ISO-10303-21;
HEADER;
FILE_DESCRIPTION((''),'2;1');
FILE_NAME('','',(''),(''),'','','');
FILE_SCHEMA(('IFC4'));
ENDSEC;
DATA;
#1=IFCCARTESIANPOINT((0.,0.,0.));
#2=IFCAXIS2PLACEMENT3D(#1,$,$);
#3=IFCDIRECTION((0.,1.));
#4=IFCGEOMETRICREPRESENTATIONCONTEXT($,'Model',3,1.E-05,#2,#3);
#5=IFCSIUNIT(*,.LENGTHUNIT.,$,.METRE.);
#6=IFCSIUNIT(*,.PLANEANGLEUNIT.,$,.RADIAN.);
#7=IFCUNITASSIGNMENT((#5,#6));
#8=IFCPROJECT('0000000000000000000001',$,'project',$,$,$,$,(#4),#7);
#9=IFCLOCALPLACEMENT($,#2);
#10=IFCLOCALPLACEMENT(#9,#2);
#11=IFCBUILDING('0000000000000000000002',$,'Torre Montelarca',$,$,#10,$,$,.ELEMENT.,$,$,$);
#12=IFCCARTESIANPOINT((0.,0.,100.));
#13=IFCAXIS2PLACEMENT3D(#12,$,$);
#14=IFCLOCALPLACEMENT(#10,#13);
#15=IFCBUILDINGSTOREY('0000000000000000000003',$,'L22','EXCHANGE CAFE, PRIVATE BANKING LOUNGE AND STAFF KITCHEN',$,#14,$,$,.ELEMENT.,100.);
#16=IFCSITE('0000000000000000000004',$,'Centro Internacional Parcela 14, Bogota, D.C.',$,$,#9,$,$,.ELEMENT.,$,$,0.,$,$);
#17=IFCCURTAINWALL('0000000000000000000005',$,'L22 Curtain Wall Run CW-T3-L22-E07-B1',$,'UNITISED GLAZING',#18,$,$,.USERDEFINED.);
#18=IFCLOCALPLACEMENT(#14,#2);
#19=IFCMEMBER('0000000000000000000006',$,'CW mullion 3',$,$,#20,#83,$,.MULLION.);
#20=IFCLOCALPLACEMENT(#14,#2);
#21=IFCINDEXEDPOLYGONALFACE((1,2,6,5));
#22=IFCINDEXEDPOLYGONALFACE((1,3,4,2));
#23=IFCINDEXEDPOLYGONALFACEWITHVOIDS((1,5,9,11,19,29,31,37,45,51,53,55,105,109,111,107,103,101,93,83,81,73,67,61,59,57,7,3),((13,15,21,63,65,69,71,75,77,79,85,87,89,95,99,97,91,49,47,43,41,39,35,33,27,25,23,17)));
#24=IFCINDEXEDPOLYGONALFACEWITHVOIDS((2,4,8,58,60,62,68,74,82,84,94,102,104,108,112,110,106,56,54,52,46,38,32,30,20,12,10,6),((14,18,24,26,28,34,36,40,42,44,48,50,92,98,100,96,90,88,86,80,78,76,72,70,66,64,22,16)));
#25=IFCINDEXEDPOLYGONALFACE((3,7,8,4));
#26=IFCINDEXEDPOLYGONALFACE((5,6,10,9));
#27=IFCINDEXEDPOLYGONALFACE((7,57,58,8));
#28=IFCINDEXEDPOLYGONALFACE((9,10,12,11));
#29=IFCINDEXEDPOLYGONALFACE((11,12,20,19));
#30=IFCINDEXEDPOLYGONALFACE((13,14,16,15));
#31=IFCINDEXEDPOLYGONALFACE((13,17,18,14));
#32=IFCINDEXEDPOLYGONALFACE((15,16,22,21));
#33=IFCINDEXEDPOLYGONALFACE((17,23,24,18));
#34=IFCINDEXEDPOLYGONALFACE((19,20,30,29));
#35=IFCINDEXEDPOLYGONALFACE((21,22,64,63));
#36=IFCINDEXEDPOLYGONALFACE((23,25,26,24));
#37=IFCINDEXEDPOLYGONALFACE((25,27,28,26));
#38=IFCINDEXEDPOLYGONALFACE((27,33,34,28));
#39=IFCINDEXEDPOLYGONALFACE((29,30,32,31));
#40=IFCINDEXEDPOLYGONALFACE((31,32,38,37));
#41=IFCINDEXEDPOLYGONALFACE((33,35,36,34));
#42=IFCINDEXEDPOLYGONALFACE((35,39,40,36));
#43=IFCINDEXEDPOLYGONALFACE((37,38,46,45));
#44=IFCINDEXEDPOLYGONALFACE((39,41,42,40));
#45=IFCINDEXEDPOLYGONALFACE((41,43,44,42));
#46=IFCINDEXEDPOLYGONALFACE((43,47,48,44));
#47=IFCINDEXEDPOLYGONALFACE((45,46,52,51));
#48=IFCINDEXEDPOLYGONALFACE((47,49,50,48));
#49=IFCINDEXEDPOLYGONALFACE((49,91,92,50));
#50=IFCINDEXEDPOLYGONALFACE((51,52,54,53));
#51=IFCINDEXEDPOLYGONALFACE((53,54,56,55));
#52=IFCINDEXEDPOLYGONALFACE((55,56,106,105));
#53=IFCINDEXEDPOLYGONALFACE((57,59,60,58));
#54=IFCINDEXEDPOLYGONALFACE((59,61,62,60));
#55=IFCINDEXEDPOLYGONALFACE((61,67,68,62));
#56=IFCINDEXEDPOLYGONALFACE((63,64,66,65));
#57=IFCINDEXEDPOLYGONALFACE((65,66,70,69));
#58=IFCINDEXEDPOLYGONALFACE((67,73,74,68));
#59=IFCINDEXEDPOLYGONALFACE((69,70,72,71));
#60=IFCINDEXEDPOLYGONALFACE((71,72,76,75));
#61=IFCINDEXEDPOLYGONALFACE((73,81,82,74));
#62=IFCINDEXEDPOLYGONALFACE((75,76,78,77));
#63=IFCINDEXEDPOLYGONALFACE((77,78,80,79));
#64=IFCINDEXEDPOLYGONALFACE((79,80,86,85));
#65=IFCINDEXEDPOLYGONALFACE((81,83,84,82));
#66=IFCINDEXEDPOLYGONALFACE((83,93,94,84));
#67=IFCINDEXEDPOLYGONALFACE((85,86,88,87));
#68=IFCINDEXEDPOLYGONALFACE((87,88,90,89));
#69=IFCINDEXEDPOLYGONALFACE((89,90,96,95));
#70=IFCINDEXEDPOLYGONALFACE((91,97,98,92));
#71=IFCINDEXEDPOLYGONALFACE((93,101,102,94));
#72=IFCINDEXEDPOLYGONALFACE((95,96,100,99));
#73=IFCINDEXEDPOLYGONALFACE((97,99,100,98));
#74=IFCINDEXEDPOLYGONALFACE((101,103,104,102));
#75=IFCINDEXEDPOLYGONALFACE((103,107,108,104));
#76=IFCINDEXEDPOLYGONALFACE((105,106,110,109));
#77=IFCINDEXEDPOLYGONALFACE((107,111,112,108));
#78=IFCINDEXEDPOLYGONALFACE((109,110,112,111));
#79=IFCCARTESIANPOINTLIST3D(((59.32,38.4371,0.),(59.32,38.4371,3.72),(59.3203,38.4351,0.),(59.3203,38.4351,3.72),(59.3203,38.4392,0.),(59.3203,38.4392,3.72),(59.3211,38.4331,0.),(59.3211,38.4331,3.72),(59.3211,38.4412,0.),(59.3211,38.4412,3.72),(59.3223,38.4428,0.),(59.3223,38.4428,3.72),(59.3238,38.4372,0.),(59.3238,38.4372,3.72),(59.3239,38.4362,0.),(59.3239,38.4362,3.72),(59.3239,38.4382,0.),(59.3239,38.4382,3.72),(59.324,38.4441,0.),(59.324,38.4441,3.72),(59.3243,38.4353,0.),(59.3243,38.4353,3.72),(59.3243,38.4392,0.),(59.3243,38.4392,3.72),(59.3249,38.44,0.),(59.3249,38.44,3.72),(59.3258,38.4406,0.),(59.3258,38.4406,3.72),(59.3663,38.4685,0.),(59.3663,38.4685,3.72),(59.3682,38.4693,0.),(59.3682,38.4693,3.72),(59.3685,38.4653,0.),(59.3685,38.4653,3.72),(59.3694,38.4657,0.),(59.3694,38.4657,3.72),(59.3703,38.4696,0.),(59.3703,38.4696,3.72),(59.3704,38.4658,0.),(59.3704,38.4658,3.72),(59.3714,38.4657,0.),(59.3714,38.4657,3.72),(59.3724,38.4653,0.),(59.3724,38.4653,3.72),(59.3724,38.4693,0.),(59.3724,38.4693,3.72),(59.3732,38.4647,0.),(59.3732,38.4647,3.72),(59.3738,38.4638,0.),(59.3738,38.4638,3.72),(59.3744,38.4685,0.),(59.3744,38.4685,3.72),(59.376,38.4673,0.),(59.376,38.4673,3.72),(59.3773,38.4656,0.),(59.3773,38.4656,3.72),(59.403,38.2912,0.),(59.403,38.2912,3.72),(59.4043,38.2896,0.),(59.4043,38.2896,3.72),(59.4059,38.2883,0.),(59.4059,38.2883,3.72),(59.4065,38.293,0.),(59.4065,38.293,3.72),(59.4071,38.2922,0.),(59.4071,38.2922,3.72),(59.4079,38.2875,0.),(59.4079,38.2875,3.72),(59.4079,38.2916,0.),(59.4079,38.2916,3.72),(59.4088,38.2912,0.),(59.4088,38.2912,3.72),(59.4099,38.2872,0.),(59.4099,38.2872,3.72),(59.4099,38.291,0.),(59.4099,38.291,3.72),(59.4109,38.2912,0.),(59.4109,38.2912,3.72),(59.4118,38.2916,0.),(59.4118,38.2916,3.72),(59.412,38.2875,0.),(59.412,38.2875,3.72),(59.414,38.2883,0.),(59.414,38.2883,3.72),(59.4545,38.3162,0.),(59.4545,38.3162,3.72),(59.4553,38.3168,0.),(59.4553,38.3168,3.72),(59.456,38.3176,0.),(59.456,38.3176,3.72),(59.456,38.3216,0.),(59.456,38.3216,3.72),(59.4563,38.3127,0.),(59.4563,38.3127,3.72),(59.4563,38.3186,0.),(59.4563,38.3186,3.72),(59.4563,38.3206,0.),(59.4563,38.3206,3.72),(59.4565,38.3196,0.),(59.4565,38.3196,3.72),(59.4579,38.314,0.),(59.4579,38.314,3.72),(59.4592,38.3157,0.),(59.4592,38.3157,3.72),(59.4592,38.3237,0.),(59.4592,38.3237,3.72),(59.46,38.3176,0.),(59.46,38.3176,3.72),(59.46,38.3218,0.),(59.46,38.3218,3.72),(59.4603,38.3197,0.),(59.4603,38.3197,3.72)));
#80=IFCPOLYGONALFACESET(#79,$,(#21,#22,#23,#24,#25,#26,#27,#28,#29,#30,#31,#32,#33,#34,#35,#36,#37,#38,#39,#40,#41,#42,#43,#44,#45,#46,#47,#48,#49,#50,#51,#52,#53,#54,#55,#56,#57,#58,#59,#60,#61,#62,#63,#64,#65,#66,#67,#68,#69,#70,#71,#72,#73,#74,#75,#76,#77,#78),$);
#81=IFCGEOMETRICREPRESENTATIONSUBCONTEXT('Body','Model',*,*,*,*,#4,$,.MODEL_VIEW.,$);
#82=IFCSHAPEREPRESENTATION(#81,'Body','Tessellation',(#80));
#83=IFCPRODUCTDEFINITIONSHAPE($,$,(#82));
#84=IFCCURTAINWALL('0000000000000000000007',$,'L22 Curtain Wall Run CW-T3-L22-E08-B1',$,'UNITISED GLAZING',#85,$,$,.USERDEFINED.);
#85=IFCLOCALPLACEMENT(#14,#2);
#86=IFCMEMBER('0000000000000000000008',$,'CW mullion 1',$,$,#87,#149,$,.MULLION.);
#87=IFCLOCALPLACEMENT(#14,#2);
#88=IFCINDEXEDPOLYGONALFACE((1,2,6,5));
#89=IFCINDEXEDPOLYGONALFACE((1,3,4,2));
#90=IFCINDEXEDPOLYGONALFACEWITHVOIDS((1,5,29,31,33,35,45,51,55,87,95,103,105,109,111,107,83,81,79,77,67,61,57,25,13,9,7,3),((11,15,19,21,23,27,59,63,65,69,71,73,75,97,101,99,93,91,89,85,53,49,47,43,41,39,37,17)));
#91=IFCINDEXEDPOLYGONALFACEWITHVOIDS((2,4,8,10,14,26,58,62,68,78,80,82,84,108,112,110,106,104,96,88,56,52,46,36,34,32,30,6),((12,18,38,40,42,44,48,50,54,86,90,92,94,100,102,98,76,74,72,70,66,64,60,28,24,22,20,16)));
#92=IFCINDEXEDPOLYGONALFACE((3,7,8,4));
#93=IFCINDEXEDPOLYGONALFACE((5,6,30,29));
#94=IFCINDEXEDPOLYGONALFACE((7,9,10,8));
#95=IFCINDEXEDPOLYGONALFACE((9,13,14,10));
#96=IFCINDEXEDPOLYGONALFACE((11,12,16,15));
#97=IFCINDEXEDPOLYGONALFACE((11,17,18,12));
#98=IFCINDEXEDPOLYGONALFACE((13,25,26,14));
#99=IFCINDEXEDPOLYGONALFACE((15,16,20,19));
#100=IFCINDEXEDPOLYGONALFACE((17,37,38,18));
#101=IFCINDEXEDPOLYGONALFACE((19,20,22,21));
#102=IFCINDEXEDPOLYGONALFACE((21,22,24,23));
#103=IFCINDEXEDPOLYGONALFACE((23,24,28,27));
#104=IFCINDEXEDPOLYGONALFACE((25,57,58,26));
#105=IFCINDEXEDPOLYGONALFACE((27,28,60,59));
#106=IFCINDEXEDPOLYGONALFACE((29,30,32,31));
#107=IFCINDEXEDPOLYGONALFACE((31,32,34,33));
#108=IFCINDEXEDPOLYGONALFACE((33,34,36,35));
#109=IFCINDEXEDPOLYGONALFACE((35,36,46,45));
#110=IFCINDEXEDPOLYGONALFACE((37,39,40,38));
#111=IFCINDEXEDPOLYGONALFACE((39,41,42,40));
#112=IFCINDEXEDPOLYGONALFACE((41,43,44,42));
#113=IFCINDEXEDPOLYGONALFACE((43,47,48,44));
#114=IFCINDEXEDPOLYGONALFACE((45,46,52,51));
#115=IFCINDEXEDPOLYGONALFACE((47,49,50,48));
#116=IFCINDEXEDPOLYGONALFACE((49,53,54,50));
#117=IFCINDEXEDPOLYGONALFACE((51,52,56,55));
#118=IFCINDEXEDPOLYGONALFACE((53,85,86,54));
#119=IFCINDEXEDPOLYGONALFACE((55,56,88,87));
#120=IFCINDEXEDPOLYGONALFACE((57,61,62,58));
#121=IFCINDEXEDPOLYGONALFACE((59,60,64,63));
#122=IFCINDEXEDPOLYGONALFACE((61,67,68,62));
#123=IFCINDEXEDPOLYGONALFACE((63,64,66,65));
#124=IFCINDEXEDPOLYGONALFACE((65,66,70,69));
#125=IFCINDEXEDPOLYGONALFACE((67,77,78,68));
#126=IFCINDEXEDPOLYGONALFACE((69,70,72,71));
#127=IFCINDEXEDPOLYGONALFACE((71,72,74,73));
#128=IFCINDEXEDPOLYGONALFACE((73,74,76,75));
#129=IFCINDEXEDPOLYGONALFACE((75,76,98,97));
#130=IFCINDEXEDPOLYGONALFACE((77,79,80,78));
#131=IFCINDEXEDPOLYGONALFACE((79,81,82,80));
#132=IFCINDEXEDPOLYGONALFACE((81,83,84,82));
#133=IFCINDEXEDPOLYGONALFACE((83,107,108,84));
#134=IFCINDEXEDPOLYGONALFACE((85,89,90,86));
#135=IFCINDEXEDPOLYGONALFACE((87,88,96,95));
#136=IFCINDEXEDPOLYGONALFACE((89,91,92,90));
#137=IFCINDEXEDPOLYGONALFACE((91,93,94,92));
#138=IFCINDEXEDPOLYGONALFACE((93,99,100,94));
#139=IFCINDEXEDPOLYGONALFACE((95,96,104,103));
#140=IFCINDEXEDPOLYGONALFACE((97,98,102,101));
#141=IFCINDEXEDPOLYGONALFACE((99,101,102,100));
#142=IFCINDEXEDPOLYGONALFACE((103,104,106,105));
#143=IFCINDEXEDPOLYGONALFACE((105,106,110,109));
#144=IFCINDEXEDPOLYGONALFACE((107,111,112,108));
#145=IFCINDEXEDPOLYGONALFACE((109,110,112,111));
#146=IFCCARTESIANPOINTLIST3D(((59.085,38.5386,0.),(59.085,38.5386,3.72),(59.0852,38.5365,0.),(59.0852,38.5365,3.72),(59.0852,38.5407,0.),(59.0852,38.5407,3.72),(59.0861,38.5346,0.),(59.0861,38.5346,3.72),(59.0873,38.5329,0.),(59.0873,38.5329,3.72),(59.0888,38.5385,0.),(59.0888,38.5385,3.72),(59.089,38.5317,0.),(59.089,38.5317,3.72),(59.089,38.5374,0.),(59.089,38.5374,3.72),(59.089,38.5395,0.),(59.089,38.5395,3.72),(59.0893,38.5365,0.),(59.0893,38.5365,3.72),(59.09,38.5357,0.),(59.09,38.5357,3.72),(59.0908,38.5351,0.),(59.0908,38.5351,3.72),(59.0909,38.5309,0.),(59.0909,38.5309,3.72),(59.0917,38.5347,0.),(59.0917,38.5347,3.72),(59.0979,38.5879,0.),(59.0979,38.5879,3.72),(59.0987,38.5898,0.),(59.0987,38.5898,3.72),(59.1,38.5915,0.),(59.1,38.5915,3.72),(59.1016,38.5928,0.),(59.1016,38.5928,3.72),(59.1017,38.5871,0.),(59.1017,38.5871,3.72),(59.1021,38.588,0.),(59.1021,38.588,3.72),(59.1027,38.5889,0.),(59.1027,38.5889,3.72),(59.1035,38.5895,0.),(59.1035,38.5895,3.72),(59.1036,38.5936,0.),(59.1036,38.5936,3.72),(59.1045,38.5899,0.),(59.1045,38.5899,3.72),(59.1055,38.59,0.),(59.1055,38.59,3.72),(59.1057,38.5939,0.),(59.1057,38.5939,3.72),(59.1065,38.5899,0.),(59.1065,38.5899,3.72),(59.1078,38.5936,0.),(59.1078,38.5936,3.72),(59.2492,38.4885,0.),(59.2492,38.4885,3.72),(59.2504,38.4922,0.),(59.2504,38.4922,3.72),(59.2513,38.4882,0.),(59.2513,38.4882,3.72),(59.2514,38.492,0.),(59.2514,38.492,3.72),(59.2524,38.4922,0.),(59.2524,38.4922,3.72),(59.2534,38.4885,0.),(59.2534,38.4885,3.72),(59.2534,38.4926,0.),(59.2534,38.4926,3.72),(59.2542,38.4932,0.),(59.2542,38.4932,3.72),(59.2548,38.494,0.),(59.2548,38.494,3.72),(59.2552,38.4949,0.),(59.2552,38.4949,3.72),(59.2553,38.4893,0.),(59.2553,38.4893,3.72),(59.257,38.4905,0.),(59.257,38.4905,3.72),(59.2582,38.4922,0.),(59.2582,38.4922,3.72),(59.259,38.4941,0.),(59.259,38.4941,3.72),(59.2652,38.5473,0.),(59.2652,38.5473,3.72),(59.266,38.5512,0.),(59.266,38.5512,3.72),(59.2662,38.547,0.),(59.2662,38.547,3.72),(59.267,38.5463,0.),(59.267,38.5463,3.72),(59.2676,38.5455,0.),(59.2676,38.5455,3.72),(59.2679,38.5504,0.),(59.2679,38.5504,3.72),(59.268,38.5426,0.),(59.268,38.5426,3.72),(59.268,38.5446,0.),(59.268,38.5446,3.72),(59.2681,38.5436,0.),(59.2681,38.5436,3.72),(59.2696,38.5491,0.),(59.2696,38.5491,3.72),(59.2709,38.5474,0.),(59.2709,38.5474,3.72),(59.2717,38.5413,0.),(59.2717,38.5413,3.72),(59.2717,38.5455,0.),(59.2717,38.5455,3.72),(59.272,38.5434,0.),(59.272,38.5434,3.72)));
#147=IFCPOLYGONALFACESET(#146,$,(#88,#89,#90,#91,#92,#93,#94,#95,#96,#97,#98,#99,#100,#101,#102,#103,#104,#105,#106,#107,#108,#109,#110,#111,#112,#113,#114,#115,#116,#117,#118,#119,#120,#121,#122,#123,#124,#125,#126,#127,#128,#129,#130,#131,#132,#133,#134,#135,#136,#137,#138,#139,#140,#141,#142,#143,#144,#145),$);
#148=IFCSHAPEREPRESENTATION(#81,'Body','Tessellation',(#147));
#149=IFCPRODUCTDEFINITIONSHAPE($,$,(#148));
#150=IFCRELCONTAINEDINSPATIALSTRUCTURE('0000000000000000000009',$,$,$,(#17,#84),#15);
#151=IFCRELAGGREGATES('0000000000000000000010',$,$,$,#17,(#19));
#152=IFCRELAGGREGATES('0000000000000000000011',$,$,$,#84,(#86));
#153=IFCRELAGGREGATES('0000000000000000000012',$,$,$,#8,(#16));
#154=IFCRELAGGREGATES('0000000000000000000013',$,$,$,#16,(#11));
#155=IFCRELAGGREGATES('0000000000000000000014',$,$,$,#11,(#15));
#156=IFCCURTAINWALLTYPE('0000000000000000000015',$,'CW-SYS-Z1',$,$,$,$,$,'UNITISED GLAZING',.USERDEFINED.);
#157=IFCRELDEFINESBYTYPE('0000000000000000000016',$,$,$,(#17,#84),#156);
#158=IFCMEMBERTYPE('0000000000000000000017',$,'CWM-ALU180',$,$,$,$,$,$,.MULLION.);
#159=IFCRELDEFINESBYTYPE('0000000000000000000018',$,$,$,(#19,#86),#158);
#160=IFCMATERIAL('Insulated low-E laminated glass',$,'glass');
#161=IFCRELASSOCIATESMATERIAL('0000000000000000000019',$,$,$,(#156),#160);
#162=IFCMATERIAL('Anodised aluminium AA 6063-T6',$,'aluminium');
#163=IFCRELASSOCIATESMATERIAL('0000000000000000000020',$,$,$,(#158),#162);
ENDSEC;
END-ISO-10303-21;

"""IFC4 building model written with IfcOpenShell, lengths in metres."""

from ifc_helpers import new_model, si_unit, direction, frame, origin, origin_2d, place, context, subcontext, project, spatial, hollow_rectangle, extrude, source, transform, mapped, material, material_profile, profile_set, type_object, element, aggregate, save


model = new_model("IFC4")

# Units and contexts
model_context = context("Model", 3, precision=1e-05, world=origin(), true_north=direction((0.0, 1.0)))
body_context = subcontext(model_context, "Body", "Model", "MODEL_VIEW")
ifc_project = project(units=[si_unit("LENGTHUNIT", "METRE"), si_unit("PLANEANGLEUNIT", "RADIAN")], contexts=[model_context])

# Site, building, storey
site_placement = place(None, origin())
site = spatial("IfcSite", under=ifc_project, at=site_placement, Name="Centro Internacional Parcela 14, Bogota, D.C.", CompositionType="ELEMENT", RefElevation=0.0)
building_placement = place(site_placement, origin())
building = spatial("IfcBuilding", under=site, at=building_placement, Name="Torre Montelarca", CompositionType="ELEMENT")
storey_placement = place(building_placement, frame((0.0, 0.0, 100.0)))
storey = spatial("IfcBuildingStorey", under=building, at=storey_placement, Name="L22", Description="EXCHANGE CAFE, PRIVATE BANKING LOUNGE AND STAFF KITCHEN", CompositionType="ELEMENT", Elevation=100.0)

# Curtain wall
ifc_material_1 = material(Name="Insulated low-E laminated glass", Category="glass")
curtain_wall_type = type_object("IfcCurtainWallType", Name="CW-SYS-Z1", ElementType="UNITISED GLAZING", PredefinedType="USERDEFINED", material=ifc_material_1)
curtain_wall_1_placement = place(storey_placement, origin())
curtain_wall_1 = element("IfcCurtainWall", 1, at=curtain_wall_1_placement, inside=storey, type_object=curtain_wall_type, Name="L22 Curtain Wall Run CW-T3-L22-E07-B1", ObjectType="UNITISED GLAZING", PredefinedType="USERDEFINED")
ifc_material_2 = material(Name="Anodised aluminium AA 6063-T6", Category="aluminium")
ifc_material_profile_1 = material_profile(ifc_material_2, hollow_rectangle(XDim=0.0649, YDim=0.1799, WallThickness=0.0039, InnerFilletRadius=0.0039, OuterFilletRadius=0.0081, at=origin_2d()), Name="ALU65X180X4", Category="aluminium")
ifc_profile_set_1 = profile_set([ifc_material_profile_1], Name="Anodised aluminium AA 6063-T6")
member_type_1 = type_object("IfcMemberType", Name="CWM-ALU180", PredefinedType="MULLION", material=ifc_profile_set_1)
shared_shape_1 = source(origin(), body_context, "Body", "SweptSolid", [
    extrude(hollow_rectangle(XDim=0.0649, YDim=0.1799, WallThickness=0.0039, InnerFilletRadius=0.0039, OuterFilletRadius=0.0081, at=origin_2d()), origin(), (0.0, 0.0, 1.0), 3.72),
])

# Member
member_1_placement = place(storey_placement, frame((59.3901, 38.3784, 0.0), z_axis=(0.0, 0.0, 1.0), x_axis=(-0.866021, -0.500008, 0.0)))
member_1 = element("IfcMember", 2, at=member_1_placement, type_object=member_type_1, Name="CW mullion 3", PredefinedType="MULLION", context=body_context, shape_type="MappedRepresentation", body=[
    mapped(shared_shape_1, transform((0.0, 0.0, 0.0), scale=1.0)),
])

# Curtain wall, member
curtain_wall_2_placement = place(storey_placement, origin())
curtain_wall_2 = element("IfcCurtainWall", 3, at=curtain_wall_2_placement, inside=storey, type_object=curtain_wall_type, Name="L22 Curtain Wall Run CW-T3-L22-E08-B1", ObjectType="UNITISED GLAZING", PredefinedType="USERDEFINED")
member_2_placement = place(storey_placement, frame((59.1785, 38.541, 0.0), z_axis=(0.0, 0.0, 1.0), x_axis=(-0.258818, -0.965926, 0.0)))
member_2 = element("IfcMember", 4, at=member_2_placement, type_object=member_type_1, Name="CW mullion 1", PredefinedType="MULLION", context=body_context, shape_type="MappedRepresentation", body=[
    mapped(shared_shape_1, transform((0.0, 0.0, 0.0), scale=1.0)),
])

aggregate(curtain_wall_1, [member_1])
aggregate(curtain_wall_2, [member_2])

save(model, "model.ifc")
